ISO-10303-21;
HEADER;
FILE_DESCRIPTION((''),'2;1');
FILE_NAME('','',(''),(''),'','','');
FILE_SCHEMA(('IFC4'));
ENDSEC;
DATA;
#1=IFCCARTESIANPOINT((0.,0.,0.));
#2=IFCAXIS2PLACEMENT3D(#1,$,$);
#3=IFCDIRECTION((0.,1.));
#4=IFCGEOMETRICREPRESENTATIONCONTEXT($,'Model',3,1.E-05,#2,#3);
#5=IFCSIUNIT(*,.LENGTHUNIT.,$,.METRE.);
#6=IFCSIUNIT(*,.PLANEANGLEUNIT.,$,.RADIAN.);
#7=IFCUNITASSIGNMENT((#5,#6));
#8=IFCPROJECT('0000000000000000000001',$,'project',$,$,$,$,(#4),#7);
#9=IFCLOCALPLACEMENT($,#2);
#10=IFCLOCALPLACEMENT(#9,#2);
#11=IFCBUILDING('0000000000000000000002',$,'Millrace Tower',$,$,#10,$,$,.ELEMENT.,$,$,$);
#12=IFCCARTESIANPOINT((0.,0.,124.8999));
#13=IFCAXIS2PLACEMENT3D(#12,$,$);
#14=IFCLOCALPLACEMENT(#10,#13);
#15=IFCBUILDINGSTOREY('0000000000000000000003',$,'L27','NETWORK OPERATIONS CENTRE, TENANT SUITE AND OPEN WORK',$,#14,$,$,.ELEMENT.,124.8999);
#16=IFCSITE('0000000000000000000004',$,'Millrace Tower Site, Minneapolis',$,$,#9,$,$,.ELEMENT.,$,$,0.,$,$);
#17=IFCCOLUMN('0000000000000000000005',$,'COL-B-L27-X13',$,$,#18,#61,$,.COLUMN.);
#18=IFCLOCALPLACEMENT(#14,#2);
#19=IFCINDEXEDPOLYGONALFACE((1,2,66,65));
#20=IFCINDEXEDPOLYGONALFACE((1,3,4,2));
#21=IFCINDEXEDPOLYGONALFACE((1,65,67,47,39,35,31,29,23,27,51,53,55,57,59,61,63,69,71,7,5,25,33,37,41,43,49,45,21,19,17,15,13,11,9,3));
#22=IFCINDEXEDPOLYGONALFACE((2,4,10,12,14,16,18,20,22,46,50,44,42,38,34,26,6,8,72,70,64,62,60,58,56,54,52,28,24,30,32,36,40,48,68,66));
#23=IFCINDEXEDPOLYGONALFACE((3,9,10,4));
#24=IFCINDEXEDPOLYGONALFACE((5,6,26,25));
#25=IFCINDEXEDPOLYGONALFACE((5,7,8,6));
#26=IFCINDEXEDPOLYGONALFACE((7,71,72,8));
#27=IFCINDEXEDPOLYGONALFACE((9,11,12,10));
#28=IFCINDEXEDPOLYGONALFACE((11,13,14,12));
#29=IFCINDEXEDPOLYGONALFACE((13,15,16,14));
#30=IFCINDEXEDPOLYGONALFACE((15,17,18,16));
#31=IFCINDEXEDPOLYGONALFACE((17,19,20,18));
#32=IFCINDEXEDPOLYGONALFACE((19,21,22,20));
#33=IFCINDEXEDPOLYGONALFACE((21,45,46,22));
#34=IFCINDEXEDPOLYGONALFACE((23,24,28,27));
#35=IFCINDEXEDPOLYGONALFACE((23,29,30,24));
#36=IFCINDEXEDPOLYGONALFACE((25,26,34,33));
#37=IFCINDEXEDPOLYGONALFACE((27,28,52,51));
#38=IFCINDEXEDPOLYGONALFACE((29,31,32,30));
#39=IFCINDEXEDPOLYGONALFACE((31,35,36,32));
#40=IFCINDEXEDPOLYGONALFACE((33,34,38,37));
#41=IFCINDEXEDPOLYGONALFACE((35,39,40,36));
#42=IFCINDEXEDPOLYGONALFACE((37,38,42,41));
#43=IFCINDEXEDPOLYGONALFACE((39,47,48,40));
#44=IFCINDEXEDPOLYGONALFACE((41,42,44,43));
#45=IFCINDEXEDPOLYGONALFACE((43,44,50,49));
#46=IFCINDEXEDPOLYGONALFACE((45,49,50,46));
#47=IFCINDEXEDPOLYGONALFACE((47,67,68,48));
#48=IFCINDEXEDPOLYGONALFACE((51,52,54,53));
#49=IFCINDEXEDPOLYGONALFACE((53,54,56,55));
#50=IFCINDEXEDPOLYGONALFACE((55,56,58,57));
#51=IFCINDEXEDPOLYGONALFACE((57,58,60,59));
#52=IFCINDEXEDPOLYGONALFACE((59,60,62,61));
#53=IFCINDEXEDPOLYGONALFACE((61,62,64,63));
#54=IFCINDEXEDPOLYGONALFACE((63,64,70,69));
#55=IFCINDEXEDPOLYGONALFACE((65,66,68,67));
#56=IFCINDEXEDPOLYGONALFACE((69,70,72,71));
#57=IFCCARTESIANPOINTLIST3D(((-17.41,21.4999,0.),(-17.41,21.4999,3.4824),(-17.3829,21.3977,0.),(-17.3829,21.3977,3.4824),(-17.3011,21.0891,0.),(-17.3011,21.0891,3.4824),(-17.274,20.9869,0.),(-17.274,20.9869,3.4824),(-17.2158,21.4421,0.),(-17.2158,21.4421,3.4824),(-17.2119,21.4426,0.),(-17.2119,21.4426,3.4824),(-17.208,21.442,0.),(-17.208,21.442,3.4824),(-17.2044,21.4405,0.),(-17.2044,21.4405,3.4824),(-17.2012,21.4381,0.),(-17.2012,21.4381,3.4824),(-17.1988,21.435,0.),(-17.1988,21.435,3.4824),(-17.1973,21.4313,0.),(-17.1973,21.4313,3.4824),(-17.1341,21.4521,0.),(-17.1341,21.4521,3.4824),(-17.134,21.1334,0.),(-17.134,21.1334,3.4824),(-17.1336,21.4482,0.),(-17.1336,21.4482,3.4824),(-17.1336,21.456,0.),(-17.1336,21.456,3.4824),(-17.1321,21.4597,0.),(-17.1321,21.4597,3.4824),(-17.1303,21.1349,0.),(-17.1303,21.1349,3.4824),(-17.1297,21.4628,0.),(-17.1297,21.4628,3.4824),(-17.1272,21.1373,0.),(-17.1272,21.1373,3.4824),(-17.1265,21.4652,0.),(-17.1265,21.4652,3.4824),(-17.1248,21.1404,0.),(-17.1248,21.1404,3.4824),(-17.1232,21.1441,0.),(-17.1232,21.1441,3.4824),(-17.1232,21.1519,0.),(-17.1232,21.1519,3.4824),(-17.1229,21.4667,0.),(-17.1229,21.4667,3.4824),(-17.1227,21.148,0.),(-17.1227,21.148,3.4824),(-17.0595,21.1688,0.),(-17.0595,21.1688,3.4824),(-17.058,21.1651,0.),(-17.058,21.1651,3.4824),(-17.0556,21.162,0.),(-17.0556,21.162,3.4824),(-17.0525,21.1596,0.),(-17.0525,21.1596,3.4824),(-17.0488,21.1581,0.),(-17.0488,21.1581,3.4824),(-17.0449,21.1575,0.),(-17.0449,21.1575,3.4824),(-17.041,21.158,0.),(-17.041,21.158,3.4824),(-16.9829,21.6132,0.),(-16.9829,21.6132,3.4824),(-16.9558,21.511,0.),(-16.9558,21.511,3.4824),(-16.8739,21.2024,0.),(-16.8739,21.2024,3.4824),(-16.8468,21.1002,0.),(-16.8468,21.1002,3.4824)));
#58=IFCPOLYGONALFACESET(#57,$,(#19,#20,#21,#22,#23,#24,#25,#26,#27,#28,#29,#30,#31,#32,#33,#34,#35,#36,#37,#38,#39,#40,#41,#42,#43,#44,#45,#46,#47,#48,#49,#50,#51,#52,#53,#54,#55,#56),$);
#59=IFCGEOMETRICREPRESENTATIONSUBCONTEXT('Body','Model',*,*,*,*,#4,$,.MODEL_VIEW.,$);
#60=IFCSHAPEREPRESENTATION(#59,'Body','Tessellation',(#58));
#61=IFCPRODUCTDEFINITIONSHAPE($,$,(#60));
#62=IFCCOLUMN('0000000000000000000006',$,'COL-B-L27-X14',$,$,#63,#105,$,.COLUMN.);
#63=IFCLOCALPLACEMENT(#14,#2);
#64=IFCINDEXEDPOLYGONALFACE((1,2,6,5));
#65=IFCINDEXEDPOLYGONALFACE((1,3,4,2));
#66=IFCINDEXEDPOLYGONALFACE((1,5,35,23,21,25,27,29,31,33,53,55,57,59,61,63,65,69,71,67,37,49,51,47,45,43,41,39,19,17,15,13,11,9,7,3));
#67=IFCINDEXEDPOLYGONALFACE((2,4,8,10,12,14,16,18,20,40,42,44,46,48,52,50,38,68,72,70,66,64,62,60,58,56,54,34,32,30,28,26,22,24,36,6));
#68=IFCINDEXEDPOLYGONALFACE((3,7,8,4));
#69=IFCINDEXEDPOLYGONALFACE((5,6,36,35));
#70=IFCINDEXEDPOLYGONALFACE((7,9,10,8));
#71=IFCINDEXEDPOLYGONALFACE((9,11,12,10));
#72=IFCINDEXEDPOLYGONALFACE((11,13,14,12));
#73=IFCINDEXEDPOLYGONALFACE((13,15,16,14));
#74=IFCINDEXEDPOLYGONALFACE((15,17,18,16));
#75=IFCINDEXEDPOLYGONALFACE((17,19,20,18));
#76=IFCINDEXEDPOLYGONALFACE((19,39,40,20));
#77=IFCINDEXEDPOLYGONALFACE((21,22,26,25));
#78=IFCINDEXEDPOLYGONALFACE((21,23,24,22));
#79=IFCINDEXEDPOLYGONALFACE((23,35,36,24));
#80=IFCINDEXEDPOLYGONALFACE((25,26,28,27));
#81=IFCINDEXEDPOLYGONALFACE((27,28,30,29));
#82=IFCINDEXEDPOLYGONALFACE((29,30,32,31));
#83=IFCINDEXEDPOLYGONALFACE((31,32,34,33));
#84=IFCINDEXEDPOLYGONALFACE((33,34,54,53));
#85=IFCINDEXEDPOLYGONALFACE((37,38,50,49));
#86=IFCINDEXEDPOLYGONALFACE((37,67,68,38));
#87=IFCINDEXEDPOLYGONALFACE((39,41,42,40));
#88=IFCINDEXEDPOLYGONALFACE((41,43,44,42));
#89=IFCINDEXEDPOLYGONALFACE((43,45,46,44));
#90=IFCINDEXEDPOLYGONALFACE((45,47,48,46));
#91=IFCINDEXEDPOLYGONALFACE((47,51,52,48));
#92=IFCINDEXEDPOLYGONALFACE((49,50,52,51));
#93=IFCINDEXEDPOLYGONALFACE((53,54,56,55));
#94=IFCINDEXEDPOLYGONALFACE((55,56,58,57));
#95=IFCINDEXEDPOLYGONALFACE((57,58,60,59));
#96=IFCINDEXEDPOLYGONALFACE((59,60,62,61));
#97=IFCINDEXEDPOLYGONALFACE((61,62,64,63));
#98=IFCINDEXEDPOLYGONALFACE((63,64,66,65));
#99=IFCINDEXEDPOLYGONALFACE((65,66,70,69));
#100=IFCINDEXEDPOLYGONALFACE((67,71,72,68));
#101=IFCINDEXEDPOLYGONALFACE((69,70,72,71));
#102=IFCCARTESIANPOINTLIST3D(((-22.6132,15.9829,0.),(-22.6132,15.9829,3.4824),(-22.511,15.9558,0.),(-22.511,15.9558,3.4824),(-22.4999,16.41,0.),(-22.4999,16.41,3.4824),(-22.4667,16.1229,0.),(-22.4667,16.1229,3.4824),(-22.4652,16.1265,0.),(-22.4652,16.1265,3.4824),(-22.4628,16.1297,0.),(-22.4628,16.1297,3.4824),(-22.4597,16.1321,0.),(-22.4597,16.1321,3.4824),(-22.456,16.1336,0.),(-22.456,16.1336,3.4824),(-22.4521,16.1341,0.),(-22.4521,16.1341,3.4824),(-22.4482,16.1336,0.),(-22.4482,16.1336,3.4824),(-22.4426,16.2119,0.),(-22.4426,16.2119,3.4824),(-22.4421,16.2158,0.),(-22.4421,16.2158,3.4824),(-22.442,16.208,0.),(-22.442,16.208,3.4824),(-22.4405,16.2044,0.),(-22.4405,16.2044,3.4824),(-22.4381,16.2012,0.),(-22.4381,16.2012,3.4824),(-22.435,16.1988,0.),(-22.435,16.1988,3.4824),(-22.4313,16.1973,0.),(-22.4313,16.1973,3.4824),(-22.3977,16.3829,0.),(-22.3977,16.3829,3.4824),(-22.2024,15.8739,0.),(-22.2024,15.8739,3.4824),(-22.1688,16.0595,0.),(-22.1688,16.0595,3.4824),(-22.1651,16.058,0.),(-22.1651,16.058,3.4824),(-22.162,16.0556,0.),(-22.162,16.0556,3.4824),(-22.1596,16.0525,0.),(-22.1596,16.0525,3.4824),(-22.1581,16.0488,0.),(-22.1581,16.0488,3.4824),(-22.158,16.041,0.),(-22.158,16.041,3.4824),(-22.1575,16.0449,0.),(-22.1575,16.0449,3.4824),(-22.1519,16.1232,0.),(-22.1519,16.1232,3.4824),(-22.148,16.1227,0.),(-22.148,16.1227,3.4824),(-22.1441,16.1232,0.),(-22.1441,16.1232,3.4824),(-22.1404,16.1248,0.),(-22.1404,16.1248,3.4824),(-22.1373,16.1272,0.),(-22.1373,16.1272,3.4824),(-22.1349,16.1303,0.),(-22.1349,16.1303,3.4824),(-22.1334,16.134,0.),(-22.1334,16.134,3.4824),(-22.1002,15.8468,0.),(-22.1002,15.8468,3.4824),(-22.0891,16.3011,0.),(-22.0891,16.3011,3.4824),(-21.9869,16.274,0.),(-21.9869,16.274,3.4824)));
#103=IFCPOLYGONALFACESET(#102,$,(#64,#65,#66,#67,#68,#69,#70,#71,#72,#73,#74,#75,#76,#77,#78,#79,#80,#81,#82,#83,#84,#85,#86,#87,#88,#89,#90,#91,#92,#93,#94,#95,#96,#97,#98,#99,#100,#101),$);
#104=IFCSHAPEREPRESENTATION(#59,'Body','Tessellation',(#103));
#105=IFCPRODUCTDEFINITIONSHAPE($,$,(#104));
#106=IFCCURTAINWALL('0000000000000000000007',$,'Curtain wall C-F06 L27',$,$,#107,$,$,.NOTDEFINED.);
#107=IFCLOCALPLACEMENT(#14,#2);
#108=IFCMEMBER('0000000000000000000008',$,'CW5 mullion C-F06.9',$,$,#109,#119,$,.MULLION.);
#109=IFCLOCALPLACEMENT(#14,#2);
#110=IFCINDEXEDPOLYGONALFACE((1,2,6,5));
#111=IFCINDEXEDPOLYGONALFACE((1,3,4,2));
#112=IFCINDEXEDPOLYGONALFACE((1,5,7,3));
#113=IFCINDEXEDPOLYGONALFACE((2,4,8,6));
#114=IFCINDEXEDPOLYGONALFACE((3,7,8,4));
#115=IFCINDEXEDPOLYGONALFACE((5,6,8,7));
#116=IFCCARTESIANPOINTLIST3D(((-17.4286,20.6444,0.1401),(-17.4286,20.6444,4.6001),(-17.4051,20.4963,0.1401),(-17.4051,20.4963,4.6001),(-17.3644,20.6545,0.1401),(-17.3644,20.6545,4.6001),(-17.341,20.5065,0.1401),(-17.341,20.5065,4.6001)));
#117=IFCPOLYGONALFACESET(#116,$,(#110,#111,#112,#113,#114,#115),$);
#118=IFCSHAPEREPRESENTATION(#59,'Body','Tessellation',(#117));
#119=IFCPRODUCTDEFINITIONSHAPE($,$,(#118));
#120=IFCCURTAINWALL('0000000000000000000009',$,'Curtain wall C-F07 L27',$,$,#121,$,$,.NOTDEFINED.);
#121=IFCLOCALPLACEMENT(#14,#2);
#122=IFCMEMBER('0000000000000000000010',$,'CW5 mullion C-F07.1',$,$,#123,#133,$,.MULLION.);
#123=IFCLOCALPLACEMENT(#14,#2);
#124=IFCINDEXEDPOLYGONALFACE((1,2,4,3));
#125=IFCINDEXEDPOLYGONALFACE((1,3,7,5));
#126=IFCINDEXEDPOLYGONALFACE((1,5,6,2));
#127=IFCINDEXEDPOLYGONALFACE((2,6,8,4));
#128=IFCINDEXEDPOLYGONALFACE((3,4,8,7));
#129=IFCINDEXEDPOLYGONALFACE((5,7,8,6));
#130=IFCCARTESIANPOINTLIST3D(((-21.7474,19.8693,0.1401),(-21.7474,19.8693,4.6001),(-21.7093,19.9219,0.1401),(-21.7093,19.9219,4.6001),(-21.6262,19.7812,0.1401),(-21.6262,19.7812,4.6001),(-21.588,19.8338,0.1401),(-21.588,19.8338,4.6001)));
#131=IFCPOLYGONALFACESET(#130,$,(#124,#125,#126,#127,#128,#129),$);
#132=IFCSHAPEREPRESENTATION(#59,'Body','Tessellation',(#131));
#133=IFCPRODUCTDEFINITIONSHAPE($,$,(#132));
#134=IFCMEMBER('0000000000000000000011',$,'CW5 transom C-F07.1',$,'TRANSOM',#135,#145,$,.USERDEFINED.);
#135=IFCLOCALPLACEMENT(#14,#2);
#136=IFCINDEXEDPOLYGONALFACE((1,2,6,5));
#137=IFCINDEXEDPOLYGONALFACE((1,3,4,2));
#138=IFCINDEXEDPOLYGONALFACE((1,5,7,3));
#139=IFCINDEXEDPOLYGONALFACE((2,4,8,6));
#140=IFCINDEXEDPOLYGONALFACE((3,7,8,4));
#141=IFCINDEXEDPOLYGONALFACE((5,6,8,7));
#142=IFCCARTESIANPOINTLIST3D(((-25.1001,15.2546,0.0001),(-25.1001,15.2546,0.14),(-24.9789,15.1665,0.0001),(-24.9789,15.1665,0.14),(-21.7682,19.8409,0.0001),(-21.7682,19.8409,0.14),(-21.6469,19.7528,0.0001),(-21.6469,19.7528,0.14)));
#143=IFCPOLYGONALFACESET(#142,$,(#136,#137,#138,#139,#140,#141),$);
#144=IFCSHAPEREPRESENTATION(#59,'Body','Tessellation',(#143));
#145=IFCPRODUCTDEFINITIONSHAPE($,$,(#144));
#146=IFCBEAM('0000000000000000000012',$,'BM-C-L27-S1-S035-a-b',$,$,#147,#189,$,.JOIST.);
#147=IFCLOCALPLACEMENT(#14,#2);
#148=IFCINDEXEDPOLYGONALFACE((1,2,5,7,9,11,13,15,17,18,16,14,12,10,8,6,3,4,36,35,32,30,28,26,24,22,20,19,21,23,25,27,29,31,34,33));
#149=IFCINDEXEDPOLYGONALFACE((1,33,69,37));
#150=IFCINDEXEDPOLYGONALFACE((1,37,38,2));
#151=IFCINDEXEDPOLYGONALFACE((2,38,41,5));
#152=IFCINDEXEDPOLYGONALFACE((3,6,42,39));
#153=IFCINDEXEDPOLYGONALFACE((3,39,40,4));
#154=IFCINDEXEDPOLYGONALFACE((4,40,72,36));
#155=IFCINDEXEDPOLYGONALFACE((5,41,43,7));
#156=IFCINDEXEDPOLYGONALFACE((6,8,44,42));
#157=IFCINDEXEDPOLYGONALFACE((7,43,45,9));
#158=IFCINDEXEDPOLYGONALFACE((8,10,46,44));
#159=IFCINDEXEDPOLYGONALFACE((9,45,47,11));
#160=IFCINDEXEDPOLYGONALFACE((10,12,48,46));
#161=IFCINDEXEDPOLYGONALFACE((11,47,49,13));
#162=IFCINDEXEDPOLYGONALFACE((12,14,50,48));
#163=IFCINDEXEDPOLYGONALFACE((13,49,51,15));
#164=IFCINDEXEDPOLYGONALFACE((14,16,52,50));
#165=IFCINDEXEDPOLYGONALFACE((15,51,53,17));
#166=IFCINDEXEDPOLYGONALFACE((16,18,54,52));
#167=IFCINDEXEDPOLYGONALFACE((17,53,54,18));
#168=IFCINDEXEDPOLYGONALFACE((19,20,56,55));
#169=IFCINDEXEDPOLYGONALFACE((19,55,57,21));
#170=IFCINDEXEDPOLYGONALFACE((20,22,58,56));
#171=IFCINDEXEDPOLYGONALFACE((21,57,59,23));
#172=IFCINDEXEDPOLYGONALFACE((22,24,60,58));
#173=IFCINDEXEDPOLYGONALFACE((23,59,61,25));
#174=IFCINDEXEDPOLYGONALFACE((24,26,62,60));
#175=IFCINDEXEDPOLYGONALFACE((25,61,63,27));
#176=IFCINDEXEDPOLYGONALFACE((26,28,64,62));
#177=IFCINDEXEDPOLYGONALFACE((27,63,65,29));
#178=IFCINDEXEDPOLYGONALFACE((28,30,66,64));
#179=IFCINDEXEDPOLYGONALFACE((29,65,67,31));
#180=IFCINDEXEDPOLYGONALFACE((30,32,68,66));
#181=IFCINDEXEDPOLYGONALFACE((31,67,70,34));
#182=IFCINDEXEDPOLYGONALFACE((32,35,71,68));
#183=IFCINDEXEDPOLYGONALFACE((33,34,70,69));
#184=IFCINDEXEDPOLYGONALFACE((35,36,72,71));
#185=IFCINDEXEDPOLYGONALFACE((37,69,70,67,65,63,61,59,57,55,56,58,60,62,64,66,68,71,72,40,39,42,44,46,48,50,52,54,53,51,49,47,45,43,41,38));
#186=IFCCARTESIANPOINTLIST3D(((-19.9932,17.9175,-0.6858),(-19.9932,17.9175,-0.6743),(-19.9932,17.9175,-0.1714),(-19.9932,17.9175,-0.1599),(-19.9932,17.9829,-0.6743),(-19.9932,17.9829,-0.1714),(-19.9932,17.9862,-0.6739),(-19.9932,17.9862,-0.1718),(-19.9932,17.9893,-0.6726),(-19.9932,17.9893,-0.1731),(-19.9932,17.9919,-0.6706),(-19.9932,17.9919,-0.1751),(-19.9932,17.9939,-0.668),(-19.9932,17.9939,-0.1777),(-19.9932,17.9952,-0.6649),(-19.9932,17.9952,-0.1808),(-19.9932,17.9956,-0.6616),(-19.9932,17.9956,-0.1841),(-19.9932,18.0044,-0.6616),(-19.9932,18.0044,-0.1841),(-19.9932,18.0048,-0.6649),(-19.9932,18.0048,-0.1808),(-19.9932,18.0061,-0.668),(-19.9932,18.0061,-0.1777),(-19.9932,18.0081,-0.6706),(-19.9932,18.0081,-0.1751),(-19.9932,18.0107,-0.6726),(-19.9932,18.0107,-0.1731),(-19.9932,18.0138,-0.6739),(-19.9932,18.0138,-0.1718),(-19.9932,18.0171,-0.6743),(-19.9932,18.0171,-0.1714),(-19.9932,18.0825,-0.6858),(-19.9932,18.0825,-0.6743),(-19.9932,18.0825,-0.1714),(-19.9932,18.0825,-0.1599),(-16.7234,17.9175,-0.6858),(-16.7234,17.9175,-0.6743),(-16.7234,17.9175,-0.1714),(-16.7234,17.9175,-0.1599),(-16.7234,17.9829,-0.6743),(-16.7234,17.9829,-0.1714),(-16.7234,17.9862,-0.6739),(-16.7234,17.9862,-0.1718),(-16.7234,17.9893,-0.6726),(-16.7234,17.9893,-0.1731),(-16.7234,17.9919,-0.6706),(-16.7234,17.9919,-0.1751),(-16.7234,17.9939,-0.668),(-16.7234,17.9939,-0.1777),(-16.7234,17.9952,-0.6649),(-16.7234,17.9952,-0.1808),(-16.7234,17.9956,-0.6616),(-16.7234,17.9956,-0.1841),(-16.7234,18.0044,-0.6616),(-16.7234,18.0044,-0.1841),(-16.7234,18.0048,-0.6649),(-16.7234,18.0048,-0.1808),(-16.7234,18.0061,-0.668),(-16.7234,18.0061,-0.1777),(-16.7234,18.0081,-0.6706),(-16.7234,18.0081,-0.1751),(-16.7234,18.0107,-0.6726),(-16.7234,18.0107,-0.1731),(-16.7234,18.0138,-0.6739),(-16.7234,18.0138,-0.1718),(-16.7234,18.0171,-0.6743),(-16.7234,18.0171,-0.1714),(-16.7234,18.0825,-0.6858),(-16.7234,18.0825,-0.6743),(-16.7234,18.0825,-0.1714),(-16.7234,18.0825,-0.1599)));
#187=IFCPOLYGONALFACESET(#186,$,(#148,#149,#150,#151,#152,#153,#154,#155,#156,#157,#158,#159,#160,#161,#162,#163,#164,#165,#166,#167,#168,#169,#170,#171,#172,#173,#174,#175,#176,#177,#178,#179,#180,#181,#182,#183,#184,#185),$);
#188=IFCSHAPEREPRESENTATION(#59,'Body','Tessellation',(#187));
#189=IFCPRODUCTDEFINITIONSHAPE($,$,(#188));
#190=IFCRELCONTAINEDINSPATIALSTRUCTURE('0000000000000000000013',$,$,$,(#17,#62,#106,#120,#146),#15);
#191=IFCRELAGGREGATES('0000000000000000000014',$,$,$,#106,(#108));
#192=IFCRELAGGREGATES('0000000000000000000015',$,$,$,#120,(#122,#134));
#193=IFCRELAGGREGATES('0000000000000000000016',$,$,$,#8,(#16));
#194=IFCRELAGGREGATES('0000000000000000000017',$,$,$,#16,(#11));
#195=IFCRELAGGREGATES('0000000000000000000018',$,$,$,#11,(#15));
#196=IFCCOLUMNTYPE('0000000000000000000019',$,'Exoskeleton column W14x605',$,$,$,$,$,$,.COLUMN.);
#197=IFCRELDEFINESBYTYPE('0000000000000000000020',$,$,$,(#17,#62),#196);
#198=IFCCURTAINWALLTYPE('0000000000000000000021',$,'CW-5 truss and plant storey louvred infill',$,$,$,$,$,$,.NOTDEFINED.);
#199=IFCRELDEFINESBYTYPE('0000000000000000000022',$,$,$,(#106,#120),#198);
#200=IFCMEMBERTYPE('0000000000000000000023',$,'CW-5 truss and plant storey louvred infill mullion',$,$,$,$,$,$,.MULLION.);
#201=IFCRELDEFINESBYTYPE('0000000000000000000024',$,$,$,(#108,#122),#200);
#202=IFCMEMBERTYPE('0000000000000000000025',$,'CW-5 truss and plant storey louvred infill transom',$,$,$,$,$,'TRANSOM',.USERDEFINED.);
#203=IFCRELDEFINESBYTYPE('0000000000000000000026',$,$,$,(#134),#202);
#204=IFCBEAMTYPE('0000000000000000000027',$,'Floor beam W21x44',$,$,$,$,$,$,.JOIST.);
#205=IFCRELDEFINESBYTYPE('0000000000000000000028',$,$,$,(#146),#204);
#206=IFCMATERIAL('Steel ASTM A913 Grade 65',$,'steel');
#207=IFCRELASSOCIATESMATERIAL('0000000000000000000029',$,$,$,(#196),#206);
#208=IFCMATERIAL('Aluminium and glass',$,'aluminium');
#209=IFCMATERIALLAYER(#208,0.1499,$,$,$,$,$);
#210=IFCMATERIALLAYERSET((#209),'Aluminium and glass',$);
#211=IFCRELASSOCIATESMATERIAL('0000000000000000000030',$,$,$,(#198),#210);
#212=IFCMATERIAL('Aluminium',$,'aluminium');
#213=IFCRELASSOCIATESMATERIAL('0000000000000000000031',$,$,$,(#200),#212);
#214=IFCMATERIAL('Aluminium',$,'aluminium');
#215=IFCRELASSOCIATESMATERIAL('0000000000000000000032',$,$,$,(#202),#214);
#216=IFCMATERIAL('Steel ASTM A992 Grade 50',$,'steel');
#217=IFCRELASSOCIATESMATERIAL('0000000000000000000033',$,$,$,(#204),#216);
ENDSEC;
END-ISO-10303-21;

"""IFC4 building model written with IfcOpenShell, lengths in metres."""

from ifc_helpers import new_model, si_unit, direction, frame, origin, origin_2d, place, context, subcontext, project, spatial, rectangle, i_section, extrude, material, layer, layer_set, material_profile, profile_set, type_object, element, aggregate, save


model = new_model("IFC4")

# Units and contexts
model_context = context("Model", 3, precision=1e-05, world=origin(), true_north=direction((0.0, 1.0)))
body_context = subcontext(model_context, "Body", "Model", "MODEL_VIEW")
ifc_project = project(units=[si_unit("LENGTHUNIT", "METRE"), si_unit("PLANEANGLEUNIT", "RADIAN")], contexts=[model_context])

# Site, building, storey
site_placement = place(None, origin())
site = spatial("IfcSite", under=ifc_project, at=site_placement, Name="Millrace Tower Site, Minneapolis", CompositionType="ELEMENT", RefElevation=0.0)
building_placement = place(site_placement, origin())
building = spatial("IfcBuilding", under=site, at=building_placement, Name="Millrace Tower", CompositionType="ELEMENT")
storey_placement = place(building_placement, frame((0.0, 0.0, 124.8999)))
storey = spatial("IfcBuildingStorey", under=building, at=storey_placement, Name="L27", Description="NETWORK OPERATIONS CENTRE, TENANT SUITE AND OPEN WORK", CompositionType="ELEMENT", Elevation=124.8999)

# Columns
ifc_material_1 = material(Name="Steel ASTM A913 Grade 65", Category="steel")
ifc_material_profile_1 = material_profile(ifc_material_1, i_section(OverallWidth=0.4419, OverallDepth=0.5308, WebThickness=0.0659, FlangeThickness=0.1057, FilletRadius=0.0151, at=origin_2d()))
ifc_profile_set_1 = profile_set([ifc_material_profile_1], Name="Steel ASTM A913 Grade 65")
column_type = type_object("IfcColumnType", Name="Exoskeleton column W14x605", PredefinedType="COLUMN", material=ifc_profile_set_1)
for number, where, z_axis, x_axis, name in (
    (1, (-17.1284, 21.3, 0.0), (0.0, 0.0, 1.0), (-0.966585, -0.256347, 0.0), "COL-B-L27-X13"),
    (2, (-22.3, 16.1284, 0.0), (0.0, 0.0, 1.0), (-0.256347, -0.966585, 0.0), "COL-B-L27-X14"),
):
    element("IfcColumn", number, at=place(storey_placement, frame(where, z_axis=z_axis, x_axis=x_axis)), inside=storey, type_object=column_type, Name=name, PredefinedType="COLUMN", context=body_context, shape_type="SweptSolid", body=[
        extrude(i_section(OverallWidth=0.4419, OverallDepth=0.5308, WebThickness=0.0659, FlangeThickness=0.1057, FilletRadius=0.0151, at=origin_2d()), origin(), (0.0, 0.0, 1.0), 3.4824),
    ])

# Curtain wall, member
ifc_material_2 = material(Name="Aluminium and glass", Category="aluminium")
ifc_layer_1 = layer(ifc_material_2, 0.1499)
ifc_layer_set_1 = layer_set([ifc_layer_1], Name="Aluminium and glass")
curtain_wall_type = type_object("IfcCurtainWallType", Name="CW-5 truss and plant storey louvred infill", PredefinedType="NOTDEFINED", material=ifc_layer_set_1)
placement = place(storey_placement, origin())
curtain_wall_1 = element("IfcCurtainWall", 3, at=placement, inside=storey, type_object=curtain_wall_type, Name="Curtain wall C-F06 L27", PredefinedType="NOTDEFINED")
ifc_material_3 = material(Name="Aluminium", Category="aluminium")
ifc_material_profile_2 = material_profile(ifc_material_3, rectangle(XDim=0.0649, YDim=0.1499, at=origin_2d()))
ifc_profile_set_2 = profile_set([ifc_material_profile_2], Name="Aluminium")
member_type_1 = type_object("IfcMemberType", Name="CW-5 truss and plant storey louvred infill mullion", PredefinedType="MULLION", material=ifc_profile_set_2)
member_1_placement = place(storey_placement, frame((-17.3848, 20.5754, 0.1401), z_axis=(0.0, 0.0, 1.0), x_axis=(-0.987688, -0.156434, 0.0)))
member_1 = element("IfcMember", 4, at=member_1_placement, type_object=member_type_1, Name="CW5 mullion C-F06.9", PredefinedType="MULLION", context=body_context, shape_type="SweptSolid", body=[
    extrude(rectangle(XDim=0.0649, YDim=0.1499, at=origin_2d()), origin(), (0.0, 0.0, 1.0), 4.46),
])
aggregate(curtain_wall_1, [member_1])

# Curtain wall, members
curtain_wall_2 = element("IfcCurtainWall", 5, at=placement, inside=storey, type_object=curtain_wall_type, Name="Curtain wall C-F07 L27", PredefinedType="NOTDEFINED")
member_2_placement = place(storey_placement, frame((-21.6677, 19.8516, 0.1401), z_axis=(0.0, 0.0, 1.0), x_axis=(-0.587785, -0.809017, 0.0)))
member_2 = element("IfcMember", 6, at=member_2_placement, type_object=member_type_1, Name="CW5 mullion C-F07.1", PredefinedType="MULLION", context=body_context, shape_type="SweptSolid", body=[
    extrude(rectangle(XDim=0.0649, YDim=0.1499, at=origin_2d()), origin(), (0.0, 0.0, 1.0), 4.46),
])
ifc_material_4 = material(Name="Aluminium", Category="aluminium")
ifc_material_profile_3 = material_profile(ifc_material_4, rectangle(XDim=0.1499, YDim=0.1399, at=origin_2d()))
ifc_profile_set_3 = profile_set([ifc_material_profile_3], Name="Aluminium")
member_type_2 = type_object("IfcMemberType", Name="CW-5 truss and plant storey louvred infill transom", ElementType="TRANSOM", PredefinedType="USERDEFINED", material=ifc_profile_set_3)
member_3_placement = place(storey_placement, frame((-21.7075, 19.7969, 0.0701), z_axis=(-0.587762, -0.809034, 0.0), x_axis=(0.809034, -0.587762, 0.0)))
member_3 = element("IfcMember", 7, at=member_3_placement, type_object=member_type_2, Name="CW5 transom C-F07.1", ObjectType="TRANSOM", PredefinedType="USERDEFINED", context=body_context, shape_type="SweptSolid", body=[
    extrude(rectangle(XDim=0.1499, YDim=0.1399, at=origin_2d()), origin(), (0.0, 0.0, 1.0), 5.6689),
])
aggregate(curtain_wall_2, [member_2, member_3])

# Beam
ifc_material_5 = material(Name="Steel ASTM A992 Grade 50", Category="steel")
ifc_material_profile_4 = material_profile(ifc_material_5, i_section(OverallWidth=0.165, OverallDepth=0.5259, WebThickness=0.0088, FlangeThickness=0.0115, FilletRadius=0.0127, at=origin_2d()))
ifc_profile_set_4 = profile_set([ifc_material_profile_4], Name="Steel ASTM A992 Grade 50")
beam_type_1 = type_object("IfcBeamType", Name="Floor beam W21x44", PredefinedType="JOIST", material=ifc_profile_set_4)
beam_1_placement = place(storey_placement, frame((-19.9932, 18.0, -0.4229), z_axis=(1.0, 0.0, 0.0), x_axis=(0.0, 1.0, 0.0)))
element("IfcBeam", 8, at=beam_1_placement, inside=storey, type_object=beam_type_1, Name="BM-C-L27-S1-S035-a-b", PredefinedType="JOIST", context=body_context, shape_type="SweptSolid", body=[
    extrude(i_section(OverallWidth=0.165, OverallDepth=0.5259, WebThickness=0.0088, FlangeThickness=0.0115, FilletRadius=0.0127, at=origin_2d()), origin(), (0.0, 0.0, 1.0), 3.2698),
])

save(model, "model.ifc")
